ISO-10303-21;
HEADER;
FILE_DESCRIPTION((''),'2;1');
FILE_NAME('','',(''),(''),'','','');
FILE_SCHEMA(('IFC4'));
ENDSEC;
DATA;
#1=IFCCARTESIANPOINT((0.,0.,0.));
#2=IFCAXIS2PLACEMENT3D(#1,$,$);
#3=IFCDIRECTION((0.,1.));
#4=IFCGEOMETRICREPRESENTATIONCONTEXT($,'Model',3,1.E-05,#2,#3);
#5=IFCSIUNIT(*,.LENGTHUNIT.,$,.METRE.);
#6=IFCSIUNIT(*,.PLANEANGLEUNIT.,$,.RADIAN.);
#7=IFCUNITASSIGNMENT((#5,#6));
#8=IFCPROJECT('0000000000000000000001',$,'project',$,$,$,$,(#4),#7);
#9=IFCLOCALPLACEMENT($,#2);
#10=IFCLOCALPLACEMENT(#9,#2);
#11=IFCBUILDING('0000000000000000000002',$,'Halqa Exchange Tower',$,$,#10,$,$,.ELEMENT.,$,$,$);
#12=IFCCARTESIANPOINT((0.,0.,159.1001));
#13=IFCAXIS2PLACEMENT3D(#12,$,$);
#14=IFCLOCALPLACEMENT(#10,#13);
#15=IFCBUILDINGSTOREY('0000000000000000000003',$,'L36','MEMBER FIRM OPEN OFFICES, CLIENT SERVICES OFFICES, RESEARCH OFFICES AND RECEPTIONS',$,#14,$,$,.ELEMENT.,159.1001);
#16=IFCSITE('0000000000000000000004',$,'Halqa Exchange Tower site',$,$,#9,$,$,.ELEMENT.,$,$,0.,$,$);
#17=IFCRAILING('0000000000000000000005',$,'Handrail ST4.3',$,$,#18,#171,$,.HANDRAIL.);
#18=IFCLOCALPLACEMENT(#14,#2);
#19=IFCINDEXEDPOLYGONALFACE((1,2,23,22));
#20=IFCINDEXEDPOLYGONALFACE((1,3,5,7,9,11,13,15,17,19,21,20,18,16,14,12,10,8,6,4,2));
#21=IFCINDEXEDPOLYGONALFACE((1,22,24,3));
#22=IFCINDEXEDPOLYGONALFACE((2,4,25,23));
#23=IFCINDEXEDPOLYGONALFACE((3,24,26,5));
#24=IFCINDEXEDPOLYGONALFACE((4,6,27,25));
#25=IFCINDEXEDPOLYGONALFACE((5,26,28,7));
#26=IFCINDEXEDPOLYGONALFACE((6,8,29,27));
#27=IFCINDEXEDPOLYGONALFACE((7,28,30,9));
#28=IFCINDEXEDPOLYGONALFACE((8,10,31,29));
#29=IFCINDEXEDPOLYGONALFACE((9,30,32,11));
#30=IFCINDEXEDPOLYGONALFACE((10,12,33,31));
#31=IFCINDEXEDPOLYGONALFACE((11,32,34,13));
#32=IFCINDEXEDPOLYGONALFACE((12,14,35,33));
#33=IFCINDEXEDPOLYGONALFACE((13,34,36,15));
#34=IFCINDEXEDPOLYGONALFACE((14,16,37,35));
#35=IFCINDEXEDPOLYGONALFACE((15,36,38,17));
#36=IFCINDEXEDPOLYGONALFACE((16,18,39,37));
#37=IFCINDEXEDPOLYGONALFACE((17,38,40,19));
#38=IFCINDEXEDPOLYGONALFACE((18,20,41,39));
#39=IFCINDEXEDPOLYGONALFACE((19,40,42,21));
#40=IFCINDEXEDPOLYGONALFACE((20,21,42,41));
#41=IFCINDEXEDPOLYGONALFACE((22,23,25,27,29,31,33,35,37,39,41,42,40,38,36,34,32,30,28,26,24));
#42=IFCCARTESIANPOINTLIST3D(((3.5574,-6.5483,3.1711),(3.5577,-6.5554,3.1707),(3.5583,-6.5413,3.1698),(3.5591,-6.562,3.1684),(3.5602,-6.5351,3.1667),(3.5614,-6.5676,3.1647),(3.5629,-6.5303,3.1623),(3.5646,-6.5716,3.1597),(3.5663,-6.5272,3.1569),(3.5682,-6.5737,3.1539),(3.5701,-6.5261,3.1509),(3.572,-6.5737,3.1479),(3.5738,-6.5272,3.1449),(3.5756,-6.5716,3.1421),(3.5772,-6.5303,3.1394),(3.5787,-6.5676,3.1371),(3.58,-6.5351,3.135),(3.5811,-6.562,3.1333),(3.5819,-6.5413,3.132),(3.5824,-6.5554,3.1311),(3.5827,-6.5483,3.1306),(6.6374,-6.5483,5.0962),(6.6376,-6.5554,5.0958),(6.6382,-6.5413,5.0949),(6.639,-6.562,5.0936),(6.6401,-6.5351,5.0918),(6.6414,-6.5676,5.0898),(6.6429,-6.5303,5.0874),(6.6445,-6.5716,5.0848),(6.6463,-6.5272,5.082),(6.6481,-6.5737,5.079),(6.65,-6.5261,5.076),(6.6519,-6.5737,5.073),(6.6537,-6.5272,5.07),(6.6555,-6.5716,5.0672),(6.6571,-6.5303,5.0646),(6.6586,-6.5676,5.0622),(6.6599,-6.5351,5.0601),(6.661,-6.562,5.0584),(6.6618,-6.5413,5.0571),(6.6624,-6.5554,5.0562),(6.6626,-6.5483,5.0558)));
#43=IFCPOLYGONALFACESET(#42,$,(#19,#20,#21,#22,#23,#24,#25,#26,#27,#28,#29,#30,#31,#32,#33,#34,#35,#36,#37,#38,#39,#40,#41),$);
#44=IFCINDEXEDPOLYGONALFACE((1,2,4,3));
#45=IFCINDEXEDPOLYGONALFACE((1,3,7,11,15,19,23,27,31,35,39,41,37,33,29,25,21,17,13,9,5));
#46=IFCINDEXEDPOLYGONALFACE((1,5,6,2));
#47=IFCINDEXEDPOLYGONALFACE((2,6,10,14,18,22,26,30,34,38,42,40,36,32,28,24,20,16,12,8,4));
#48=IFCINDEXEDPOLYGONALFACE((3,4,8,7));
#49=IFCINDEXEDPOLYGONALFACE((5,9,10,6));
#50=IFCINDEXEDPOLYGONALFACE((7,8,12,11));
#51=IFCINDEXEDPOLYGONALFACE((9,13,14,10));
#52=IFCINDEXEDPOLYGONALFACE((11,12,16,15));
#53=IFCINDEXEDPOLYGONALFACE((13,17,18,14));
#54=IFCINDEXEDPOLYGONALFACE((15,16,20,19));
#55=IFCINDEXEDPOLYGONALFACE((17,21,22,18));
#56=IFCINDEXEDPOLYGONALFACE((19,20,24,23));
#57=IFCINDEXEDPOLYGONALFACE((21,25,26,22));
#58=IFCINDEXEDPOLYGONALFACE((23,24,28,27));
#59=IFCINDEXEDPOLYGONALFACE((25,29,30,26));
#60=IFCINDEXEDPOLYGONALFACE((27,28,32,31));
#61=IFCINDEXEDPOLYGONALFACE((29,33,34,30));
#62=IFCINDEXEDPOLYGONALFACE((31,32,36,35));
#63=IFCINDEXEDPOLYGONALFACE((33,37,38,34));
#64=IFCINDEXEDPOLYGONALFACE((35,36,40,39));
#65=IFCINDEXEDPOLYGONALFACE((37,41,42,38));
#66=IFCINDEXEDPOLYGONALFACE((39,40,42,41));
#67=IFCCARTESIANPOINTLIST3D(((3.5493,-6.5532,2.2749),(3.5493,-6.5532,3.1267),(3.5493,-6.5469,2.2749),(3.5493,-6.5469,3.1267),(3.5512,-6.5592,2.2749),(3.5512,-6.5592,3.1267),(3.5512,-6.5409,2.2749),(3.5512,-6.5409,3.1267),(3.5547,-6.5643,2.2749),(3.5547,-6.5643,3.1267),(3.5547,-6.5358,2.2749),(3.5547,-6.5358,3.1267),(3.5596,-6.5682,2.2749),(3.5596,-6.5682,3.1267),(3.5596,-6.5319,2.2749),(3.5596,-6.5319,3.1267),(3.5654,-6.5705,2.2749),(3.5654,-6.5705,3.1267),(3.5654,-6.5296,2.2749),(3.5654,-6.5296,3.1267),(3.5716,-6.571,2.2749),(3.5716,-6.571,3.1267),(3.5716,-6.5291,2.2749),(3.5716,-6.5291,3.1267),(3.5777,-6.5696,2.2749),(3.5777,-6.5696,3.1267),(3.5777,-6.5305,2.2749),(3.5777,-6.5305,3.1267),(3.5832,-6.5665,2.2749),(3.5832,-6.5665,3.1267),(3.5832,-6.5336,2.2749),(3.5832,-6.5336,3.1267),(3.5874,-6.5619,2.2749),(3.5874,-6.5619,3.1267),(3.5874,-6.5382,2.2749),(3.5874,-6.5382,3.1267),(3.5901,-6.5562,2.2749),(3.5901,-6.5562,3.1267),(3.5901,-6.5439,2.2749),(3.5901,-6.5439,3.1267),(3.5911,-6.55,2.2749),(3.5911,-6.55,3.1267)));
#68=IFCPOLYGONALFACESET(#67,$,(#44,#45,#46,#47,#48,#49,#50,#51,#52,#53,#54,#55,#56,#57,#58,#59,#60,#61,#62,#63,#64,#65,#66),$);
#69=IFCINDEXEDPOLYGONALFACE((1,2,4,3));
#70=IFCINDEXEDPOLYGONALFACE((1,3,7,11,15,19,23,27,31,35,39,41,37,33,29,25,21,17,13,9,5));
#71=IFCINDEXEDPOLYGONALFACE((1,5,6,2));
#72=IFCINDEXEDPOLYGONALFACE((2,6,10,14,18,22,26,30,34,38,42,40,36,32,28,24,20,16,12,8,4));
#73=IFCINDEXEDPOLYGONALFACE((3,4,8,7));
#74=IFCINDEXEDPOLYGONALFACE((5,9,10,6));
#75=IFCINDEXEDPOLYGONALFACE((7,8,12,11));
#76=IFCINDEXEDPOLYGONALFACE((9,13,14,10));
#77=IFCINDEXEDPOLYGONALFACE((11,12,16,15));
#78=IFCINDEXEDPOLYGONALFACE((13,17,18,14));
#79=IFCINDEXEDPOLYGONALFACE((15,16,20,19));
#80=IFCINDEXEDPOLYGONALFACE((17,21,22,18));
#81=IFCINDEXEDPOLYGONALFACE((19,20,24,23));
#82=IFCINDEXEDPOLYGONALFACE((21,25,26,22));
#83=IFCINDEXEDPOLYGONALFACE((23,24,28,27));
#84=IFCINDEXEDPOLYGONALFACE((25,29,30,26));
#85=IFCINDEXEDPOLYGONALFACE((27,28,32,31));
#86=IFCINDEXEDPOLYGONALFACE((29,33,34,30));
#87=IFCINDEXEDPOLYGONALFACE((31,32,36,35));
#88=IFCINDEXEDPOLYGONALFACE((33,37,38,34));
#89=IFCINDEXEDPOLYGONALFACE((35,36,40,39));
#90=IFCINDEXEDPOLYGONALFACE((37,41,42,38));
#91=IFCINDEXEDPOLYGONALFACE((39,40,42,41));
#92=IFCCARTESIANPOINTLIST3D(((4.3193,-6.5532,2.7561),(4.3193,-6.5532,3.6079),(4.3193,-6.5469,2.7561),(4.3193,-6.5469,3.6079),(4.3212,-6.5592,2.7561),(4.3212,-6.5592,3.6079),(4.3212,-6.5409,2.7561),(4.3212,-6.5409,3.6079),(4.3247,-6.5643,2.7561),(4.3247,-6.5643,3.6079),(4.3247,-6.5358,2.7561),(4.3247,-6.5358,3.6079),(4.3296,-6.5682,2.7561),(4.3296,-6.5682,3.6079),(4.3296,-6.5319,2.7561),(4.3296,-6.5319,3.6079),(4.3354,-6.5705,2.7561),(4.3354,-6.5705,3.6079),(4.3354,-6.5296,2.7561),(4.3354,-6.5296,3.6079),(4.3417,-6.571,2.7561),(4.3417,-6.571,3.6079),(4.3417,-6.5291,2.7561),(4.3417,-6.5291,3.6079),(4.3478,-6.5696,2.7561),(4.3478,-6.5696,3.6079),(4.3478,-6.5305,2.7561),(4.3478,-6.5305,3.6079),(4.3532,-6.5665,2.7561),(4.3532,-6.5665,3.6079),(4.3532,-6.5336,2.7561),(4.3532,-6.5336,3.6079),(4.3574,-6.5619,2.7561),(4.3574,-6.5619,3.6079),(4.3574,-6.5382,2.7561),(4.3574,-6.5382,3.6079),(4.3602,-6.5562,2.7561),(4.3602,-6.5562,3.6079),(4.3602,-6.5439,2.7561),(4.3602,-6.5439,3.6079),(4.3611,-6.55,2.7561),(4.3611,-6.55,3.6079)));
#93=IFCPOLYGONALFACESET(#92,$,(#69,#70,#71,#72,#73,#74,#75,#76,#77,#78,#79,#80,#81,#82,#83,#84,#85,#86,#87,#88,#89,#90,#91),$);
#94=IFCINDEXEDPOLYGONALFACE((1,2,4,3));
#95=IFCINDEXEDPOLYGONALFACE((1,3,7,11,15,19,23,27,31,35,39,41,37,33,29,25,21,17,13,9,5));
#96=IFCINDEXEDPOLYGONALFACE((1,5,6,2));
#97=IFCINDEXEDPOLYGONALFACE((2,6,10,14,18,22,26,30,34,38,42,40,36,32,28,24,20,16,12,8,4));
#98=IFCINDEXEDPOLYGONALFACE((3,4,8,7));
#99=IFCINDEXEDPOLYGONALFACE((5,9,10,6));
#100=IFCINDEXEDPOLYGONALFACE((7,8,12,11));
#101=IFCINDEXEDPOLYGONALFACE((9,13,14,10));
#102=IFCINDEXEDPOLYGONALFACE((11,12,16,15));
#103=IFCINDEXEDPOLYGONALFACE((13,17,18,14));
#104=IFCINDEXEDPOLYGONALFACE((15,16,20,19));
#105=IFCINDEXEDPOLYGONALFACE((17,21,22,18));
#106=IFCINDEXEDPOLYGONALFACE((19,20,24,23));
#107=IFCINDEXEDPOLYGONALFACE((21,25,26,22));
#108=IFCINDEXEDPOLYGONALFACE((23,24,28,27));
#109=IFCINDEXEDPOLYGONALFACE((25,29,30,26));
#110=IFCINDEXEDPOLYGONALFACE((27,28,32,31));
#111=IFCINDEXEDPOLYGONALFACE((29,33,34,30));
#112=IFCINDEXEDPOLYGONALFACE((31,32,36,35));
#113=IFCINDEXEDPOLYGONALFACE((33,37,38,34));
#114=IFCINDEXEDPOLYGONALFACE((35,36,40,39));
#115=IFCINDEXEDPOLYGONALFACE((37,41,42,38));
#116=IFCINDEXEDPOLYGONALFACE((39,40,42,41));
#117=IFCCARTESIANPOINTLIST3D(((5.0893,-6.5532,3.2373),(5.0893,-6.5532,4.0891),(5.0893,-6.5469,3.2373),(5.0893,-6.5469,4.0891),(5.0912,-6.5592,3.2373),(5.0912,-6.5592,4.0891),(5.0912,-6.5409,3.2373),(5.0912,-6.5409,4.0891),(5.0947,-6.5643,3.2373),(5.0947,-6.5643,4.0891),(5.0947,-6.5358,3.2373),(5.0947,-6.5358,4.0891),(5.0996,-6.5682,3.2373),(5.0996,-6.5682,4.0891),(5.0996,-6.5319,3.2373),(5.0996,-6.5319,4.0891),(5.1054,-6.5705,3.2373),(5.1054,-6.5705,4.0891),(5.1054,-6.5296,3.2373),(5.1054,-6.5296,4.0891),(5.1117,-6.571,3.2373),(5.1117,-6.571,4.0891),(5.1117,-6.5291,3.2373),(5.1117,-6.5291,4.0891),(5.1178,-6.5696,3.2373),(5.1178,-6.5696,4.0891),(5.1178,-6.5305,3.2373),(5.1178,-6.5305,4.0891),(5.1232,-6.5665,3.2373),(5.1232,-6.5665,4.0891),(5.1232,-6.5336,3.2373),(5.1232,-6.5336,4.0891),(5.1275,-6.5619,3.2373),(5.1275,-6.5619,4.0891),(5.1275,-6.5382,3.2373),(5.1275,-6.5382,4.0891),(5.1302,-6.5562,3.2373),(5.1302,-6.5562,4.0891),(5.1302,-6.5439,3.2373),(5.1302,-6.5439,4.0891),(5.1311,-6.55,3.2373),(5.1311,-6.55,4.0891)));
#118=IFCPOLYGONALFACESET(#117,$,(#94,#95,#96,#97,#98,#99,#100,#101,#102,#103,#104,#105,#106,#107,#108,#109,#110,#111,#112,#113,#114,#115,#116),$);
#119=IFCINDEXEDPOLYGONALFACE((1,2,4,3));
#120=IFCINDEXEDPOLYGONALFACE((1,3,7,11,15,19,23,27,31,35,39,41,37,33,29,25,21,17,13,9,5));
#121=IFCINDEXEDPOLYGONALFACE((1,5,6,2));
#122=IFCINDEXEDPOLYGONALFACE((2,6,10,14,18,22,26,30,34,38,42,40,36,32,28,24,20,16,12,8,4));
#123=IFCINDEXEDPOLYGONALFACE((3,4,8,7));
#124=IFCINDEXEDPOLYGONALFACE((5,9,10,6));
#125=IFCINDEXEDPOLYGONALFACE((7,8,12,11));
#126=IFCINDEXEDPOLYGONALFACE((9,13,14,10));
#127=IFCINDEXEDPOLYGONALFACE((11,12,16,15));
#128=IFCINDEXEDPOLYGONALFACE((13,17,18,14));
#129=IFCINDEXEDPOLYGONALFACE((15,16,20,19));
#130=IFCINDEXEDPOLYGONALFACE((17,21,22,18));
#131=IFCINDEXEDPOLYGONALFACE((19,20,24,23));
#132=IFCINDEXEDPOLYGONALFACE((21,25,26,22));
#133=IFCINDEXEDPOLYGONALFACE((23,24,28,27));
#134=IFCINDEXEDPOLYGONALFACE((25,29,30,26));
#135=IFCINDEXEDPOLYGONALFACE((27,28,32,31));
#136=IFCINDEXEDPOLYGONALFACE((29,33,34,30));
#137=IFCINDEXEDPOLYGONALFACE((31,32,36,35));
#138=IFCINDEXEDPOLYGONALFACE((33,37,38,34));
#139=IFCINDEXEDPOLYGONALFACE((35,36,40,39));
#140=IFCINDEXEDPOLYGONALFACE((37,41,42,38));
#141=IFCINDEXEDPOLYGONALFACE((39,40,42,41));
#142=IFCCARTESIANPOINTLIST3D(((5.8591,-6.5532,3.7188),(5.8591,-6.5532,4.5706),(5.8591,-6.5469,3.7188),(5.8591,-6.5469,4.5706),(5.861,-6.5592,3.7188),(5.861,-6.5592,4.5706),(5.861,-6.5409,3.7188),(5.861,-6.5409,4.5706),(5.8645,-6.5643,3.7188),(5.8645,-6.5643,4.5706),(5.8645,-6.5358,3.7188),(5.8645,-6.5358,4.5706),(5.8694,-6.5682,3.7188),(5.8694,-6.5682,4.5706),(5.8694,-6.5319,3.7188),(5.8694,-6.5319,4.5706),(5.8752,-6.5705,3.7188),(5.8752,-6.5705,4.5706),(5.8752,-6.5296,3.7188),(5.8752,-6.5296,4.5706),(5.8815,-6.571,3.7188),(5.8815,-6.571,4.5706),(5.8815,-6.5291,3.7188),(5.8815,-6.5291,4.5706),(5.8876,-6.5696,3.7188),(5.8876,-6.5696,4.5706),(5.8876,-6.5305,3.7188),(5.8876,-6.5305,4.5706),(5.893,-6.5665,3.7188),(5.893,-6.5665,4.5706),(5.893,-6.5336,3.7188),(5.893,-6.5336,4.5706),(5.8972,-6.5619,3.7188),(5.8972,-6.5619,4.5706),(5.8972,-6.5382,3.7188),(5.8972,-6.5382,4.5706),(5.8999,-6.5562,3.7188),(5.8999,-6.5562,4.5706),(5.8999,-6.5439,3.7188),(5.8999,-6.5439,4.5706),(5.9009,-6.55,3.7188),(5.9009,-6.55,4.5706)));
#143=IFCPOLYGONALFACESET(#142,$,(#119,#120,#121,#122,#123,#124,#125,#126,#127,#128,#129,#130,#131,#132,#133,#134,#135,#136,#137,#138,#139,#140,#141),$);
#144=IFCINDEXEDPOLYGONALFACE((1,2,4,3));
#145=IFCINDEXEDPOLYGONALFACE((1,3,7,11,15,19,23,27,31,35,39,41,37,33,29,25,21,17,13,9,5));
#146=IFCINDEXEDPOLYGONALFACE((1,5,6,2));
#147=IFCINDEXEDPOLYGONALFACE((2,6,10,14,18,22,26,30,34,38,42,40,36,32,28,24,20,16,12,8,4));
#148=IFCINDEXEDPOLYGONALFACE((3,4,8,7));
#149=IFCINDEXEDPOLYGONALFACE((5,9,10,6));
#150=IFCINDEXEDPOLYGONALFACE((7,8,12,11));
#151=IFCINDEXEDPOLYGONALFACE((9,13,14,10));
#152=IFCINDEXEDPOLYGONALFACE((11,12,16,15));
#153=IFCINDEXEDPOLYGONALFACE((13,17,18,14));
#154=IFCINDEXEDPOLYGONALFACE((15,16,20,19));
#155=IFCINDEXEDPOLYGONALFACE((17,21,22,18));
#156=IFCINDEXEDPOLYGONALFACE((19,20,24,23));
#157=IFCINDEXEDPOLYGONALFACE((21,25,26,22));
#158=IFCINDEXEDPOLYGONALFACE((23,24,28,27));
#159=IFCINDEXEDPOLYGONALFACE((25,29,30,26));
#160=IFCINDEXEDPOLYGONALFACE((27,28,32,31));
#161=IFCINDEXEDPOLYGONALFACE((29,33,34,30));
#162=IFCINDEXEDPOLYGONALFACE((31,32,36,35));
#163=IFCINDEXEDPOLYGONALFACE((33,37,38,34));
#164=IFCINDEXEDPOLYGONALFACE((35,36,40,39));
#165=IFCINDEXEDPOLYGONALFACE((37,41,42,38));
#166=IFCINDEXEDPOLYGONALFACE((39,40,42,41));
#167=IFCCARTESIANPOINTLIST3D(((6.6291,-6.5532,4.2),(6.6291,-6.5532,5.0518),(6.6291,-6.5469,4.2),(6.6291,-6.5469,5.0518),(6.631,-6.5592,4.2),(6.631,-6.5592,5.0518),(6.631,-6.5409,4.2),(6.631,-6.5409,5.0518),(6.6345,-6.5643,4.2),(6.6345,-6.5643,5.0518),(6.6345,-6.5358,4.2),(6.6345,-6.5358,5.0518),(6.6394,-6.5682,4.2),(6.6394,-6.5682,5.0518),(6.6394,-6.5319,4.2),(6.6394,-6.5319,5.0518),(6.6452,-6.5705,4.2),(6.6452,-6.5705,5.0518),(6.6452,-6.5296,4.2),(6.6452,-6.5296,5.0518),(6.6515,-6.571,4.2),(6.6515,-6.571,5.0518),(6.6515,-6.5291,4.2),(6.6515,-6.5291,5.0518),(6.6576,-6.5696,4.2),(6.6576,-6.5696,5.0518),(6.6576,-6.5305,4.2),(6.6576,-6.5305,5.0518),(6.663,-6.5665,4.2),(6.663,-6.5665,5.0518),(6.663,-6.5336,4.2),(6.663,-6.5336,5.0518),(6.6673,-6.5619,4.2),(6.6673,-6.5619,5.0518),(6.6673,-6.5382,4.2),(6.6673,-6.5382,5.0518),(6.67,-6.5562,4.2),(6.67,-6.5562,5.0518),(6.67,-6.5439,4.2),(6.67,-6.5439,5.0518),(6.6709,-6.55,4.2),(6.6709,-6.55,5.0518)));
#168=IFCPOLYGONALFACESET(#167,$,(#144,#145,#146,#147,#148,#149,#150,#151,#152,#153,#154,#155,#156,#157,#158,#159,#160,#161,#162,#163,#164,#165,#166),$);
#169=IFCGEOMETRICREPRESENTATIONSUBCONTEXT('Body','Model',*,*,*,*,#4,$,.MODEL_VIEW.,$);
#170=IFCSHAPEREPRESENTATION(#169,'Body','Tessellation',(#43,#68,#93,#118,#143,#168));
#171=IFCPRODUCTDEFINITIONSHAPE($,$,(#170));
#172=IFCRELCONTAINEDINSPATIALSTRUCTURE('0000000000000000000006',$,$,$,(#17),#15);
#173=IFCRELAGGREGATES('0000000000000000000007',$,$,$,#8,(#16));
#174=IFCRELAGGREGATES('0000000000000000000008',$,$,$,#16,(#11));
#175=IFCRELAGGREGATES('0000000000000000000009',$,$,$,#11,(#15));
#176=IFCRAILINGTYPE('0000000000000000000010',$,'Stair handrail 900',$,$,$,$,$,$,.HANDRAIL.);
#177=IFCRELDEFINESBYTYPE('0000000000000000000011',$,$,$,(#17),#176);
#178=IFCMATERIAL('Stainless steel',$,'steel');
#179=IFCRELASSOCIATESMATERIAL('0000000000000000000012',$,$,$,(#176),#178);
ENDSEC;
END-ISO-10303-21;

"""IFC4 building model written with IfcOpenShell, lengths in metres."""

from ifc_helpers import new_model, si_unit, direction, frame, origin, origin_2d, place, context, subcontext, project, spatial, circle, extrude, material, type_object, element, save


model = new_model("IFC4")

# Units and contexts
model_context = context("Model", 3, precision=1e-05, world=origin(), true_north=direction((0.0, 1.0)))
body_context = subcontext(model_context, "Body", "Model", "MODEL_VIEW")
ifc_project = project(units=[si_unit("LENGTHUNIT", "METRE"), si_unit("PLANEANGLEUNIT", "RADIAN")], contexts=[model_context])

# Site, building, storey
site_placement = place(None, origin())
site = spatial("IfcSite", under=ifc_project, at=site_placement, Name="Halqa Exchange Tower site", CompositionType="ELEMENT", RefElevation=0.0)
building_placement = place(site_placement, origin())
building = spatial("IfcBuilding", under=site, at=building_placement, Name="Halqa Exchange Tower", CompositionType="ELEMENT")
storey_placement = place(building_placement, frame((0.0, 0.0, 159.1001)))
storey = spatial("IfcBuildingStorey", under=building, at=storey_placement, Name="L36", Description="MEMBER FIRM OPEN OFFICES, CLIENT SERVICES OFFICES, RESEARCH OFFICES AND RECEPTIONS", CompositionType="ELEMENT", Elevation=159.1001)

# Railing
ifc_material_1 = material(Name="Stainless steel", Category="steel")
railing_type_1 = type_object("IfcRailingType", Name="Stair handrail 900", PredefinedType="HANDRAIL", material=ifc_material_1)
railing_1_placement = place(storey_placement, frame((3.5701, -6.55, 2.2749)))
element("IfcRailing", 1, at=railing_1_placement, inside=storey, type_object=railing_type_1, Name="Handrail ST4.3", PredefinedType="HANDRAIL", context=body_context, shape_type="SweptSolid", body=[
    extrude(circle(Radius=0.0239, at=origin_2d()), frame((0.0, 0.0, 0.876), z_axis=(0.847979, 0.0, 0.530029), x_axis=(0.0, 1.0, 0.0)), (0.0, 0.0, 1.0), 3.6321),
    extrude(circle(Radius=0.021, at=origin_2d()), origin(), (0.0, 0.0, 1.0), 0.8518),
    extrude(circle(Radius=0.021, at=origin_2d()), frame((0.77, 0.0, 0.4812)), (0.0, 0.0, 1.0), 0.8518),
    extrude(circle(Radius=0.021, at=origin_2d()), frame((1.54, 0.0, 0.9624)), (0.0, 0.0, 1.0), 0.8518),
    extrude(circle(Radius=0.021, at=origin_2d()), frame((2.3098, 0.0, 1.4438)), (0.0, 0.0, 1.0), 0.8518),
    extrude(circle(Radius=0.021, at=origin_2d()), frame((3.0798, 0.0, 1.925)), (0.0, 0.0, 1.0), 0.8518),
])

save(model, "model.ifc")
